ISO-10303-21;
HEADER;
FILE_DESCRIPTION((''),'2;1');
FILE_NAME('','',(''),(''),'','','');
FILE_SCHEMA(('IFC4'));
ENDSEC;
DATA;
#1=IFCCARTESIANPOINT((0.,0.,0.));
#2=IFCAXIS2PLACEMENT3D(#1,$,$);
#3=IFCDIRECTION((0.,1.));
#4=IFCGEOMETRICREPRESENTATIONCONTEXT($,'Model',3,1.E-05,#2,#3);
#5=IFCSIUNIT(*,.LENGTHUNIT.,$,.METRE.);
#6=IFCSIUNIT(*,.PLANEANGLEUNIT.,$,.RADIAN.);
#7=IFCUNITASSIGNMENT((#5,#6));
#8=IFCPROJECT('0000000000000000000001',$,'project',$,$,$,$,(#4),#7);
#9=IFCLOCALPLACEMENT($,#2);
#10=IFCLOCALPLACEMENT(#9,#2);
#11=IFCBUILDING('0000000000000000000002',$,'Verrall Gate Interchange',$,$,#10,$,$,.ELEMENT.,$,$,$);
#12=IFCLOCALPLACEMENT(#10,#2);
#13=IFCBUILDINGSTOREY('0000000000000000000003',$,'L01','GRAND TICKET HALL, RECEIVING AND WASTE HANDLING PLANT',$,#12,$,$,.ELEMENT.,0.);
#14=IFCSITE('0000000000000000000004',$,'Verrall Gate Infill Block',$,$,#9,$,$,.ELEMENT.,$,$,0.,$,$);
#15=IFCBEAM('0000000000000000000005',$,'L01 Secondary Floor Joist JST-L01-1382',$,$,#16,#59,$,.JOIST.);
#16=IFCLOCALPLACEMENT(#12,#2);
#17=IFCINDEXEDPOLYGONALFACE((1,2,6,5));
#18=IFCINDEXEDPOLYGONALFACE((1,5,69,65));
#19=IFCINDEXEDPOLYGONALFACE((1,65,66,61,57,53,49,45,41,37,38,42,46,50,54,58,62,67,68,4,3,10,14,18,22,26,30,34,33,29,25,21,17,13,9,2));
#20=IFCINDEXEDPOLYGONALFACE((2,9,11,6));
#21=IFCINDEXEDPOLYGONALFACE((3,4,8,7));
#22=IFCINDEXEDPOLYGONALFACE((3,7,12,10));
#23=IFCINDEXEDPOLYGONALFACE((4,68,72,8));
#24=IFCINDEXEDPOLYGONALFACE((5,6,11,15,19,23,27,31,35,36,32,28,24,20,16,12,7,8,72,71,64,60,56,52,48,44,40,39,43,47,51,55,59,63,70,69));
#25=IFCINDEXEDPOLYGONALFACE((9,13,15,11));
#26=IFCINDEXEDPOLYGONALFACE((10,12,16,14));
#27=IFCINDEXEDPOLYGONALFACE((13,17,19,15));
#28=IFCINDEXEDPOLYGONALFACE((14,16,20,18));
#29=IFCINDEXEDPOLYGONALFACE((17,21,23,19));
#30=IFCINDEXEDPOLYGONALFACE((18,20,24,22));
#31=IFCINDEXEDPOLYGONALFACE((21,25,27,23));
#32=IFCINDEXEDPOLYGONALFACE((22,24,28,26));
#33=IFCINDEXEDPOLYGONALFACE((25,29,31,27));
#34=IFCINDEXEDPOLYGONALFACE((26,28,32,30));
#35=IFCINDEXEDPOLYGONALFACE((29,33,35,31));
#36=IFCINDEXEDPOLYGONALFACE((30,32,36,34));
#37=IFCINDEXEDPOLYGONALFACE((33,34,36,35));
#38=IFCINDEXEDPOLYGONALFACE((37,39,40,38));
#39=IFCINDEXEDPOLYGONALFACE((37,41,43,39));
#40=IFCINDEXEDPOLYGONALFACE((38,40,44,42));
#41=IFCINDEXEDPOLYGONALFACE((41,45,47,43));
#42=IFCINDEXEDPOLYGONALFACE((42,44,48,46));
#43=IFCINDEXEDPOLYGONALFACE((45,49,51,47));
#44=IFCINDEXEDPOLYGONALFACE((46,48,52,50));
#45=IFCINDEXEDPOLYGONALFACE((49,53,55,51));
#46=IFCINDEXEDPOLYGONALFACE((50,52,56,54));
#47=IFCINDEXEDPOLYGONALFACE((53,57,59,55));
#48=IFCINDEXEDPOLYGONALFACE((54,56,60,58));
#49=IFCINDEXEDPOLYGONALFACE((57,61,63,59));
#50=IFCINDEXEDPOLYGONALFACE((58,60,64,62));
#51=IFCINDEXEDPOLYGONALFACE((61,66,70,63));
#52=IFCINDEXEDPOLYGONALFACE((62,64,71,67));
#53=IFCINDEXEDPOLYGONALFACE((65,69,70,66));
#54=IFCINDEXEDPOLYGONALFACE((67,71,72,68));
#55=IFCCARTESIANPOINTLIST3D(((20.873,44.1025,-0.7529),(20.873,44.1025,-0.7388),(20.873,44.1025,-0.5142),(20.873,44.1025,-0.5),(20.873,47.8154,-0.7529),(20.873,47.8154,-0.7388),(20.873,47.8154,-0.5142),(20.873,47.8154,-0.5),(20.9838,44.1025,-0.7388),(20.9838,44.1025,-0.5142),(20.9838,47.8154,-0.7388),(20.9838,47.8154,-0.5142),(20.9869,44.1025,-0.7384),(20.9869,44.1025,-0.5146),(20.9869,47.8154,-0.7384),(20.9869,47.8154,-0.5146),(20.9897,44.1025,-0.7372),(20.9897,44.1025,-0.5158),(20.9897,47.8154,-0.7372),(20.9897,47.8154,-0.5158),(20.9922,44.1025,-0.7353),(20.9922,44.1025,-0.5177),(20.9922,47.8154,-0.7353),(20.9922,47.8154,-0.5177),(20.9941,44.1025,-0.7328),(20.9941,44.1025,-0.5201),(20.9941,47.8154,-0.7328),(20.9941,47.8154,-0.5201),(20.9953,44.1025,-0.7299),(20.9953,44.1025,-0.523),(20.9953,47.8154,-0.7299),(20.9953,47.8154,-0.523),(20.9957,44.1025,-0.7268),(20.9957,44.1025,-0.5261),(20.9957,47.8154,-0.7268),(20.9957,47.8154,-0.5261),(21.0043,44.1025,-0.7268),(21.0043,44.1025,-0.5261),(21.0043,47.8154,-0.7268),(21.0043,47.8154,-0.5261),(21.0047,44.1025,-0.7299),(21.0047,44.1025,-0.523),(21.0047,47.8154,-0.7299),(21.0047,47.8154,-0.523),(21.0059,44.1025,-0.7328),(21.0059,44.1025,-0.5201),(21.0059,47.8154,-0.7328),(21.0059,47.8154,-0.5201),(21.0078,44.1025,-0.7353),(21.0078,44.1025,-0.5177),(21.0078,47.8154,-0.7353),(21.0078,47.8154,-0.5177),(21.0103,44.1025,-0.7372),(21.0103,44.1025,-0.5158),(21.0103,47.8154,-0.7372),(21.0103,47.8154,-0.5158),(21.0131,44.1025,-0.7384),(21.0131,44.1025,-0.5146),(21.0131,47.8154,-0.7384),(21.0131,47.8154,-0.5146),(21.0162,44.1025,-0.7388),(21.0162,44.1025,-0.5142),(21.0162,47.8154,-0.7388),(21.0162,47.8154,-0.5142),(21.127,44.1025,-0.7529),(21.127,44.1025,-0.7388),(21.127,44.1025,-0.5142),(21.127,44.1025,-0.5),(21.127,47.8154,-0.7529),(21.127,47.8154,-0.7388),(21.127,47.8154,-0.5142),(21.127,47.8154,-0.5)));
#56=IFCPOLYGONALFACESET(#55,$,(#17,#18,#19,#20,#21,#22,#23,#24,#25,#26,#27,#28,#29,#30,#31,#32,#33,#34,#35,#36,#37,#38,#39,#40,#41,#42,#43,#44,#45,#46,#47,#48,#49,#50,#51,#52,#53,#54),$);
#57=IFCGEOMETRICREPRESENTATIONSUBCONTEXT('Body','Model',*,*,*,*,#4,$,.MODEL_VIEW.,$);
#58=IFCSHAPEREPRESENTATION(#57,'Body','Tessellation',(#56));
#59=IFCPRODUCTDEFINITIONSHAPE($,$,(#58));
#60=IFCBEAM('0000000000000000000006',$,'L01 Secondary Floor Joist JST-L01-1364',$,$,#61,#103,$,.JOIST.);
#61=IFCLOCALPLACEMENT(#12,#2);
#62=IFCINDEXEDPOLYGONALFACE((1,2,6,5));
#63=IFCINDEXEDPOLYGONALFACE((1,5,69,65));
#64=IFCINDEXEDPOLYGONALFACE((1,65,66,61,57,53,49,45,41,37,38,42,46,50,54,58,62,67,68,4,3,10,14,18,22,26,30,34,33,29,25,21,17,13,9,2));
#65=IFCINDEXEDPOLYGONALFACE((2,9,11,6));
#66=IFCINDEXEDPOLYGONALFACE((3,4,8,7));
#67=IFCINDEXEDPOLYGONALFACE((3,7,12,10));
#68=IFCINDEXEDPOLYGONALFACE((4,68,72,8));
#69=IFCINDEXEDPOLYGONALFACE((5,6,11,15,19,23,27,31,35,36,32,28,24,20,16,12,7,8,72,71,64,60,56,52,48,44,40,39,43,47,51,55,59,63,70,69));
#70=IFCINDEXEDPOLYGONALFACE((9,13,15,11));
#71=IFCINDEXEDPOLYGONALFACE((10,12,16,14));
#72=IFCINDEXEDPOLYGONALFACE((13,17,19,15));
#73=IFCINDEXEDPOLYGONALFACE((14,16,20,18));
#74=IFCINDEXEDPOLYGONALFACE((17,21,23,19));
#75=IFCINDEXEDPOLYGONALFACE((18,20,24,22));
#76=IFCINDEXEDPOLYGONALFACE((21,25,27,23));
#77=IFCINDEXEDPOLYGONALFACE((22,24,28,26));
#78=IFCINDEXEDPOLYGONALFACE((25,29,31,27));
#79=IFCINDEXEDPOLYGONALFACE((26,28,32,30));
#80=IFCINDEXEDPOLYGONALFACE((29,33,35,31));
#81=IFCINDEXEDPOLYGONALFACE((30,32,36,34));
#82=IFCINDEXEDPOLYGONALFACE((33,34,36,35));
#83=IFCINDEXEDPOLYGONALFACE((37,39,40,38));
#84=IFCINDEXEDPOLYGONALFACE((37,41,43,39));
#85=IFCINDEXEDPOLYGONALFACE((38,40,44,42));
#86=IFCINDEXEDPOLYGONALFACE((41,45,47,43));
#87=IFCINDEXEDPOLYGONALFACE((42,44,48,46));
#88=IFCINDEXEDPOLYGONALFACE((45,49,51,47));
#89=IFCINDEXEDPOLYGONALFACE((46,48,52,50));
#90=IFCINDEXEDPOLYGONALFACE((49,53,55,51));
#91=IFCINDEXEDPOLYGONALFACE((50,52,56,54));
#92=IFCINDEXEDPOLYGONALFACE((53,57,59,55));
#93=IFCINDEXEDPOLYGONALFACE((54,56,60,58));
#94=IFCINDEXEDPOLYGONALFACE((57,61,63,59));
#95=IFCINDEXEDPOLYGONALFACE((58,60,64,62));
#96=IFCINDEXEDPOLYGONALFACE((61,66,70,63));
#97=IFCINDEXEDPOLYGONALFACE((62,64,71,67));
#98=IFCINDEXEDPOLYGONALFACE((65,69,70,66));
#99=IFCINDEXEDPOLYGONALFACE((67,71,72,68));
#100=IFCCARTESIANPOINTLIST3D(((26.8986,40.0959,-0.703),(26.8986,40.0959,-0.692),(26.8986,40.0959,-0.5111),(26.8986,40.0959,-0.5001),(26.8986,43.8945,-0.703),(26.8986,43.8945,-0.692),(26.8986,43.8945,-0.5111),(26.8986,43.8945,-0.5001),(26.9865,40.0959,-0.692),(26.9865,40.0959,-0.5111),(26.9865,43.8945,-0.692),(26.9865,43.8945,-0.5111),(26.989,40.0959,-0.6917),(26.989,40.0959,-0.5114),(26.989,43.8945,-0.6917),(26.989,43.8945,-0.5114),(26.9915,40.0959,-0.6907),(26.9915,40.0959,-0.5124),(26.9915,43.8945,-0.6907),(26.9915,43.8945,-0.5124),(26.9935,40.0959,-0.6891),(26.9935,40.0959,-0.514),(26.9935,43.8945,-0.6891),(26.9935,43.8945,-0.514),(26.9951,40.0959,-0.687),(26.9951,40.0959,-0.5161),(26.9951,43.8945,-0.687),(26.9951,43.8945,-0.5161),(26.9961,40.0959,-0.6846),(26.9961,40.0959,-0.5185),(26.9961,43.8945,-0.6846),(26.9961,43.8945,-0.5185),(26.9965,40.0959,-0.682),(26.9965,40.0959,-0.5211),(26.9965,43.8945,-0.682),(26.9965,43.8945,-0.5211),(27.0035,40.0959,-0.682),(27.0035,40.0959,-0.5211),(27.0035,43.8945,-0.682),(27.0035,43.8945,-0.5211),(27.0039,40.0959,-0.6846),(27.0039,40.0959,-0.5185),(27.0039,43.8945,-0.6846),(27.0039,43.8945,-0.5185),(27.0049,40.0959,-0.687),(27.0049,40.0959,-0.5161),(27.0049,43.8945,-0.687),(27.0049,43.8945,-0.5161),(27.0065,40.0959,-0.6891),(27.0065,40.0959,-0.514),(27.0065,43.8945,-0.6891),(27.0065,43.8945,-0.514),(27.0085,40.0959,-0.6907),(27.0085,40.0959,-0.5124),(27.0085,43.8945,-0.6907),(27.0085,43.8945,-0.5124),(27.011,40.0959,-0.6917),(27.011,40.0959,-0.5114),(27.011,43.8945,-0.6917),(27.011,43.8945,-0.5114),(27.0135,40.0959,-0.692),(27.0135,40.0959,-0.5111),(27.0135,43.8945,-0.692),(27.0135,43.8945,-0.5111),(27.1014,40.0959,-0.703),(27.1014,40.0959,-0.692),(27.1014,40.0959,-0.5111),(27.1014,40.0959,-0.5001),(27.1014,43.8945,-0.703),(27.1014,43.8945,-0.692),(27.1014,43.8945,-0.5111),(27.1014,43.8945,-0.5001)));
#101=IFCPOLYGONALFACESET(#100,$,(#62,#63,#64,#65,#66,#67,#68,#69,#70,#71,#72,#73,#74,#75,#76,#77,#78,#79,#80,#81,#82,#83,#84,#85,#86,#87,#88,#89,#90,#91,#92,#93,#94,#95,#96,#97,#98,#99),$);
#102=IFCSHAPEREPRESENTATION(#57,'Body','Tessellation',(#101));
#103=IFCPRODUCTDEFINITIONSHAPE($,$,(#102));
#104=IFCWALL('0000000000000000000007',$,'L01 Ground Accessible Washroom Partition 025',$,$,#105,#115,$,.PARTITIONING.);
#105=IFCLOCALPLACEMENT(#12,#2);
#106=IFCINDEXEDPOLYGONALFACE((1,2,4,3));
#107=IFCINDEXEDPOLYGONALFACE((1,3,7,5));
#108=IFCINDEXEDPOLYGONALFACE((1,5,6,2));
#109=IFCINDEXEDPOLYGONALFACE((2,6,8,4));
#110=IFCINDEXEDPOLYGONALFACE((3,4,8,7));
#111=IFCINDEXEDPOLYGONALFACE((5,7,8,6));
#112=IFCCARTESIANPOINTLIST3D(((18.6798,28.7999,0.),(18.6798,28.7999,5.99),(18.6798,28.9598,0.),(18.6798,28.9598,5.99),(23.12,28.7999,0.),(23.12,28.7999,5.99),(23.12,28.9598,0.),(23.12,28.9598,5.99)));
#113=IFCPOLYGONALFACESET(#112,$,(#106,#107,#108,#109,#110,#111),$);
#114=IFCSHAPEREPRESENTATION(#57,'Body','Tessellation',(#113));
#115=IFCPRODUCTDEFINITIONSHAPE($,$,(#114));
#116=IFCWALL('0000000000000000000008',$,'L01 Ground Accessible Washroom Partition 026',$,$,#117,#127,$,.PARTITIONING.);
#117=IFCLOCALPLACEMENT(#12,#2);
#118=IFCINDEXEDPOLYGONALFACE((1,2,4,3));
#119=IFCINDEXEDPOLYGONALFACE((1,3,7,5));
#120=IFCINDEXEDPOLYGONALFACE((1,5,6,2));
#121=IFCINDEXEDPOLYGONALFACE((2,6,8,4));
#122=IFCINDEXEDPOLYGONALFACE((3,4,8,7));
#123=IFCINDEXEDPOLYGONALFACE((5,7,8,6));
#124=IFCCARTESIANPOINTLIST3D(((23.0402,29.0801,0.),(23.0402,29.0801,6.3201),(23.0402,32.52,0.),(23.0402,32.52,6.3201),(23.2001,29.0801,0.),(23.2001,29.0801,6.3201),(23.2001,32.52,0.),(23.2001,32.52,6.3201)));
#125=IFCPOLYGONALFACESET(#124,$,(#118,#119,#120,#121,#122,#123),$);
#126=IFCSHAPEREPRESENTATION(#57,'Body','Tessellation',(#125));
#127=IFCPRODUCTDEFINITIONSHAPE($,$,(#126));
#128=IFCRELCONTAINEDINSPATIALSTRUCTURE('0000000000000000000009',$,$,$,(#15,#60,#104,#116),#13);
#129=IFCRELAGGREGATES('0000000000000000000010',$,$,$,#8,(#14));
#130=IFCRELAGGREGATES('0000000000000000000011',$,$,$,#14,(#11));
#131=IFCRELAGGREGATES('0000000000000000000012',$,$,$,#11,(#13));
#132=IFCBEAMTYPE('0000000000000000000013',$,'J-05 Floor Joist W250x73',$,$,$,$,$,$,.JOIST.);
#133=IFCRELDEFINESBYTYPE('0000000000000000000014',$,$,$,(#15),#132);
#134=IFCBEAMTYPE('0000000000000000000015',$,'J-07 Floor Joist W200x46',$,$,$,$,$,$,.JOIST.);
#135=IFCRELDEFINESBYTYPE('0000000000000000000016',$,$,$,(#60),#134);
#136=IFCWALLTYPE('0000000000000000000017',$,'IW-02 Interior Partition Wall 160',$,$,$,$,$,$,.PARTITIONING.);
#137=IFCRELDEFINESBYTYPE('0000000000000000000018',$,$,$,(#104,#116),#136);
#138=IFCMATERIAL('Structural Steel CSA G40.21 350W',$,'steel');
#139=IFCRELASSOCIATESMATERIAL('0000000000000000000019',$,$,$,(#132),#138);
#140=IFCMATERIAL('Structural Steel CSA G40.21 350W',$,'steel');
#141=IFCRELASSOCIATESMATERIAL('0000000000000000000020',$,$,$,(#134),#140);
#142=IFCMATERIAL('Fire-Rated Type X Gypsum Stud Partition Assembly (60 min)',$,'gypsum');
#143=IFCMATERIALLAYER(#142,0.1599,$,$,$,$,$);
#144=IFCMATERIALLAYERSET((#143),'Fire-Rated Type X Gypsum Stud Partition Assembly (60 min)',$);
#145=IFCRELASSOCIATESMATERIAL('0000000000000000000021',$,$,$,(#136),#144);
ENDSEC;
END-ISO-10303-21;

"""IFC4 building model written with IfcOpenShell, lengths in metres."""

from ifc_helpers import new_model, si_unit, direction, frame, frame_2d, origin, origin_2d, place, context, subcontext, project, spatial, rectangle, i_section, extrude, material, layer, layer_set, material_profile, profile_set, type_object, element, save


model = new_model("IFC4")

# Units and contexts
model_context = context("Model", 3, precision=1e-05, world=origin(), true_north=direction((0.0, 1.0)))
body_context = subcontext(model_context, "Body", "Model", "MODEL_VIEW")
ifc_project = project(units=[si_unit("LENGTHUNIT", "METRE"), si_unit("PLANEANGLEUNIT", "RADIAN")], contexts=[model_context])

# Site, building, storey
site_placement = place(None, origin())
site = spatial("IfcSite", under=ifc_project, at=site_placement, Name="Verrall Gate Infill Block", CompositionType="ELEMENT", RefElevation=0.0)
building_placement = place(site_placement, origin())
building = spatial("IfcBuilding", under=site, at=building_placement, Name="Verrall Gate Interchange", CompositionType="ELEMENT")
storey_placement = place(building_placement, origin())
storey = spatial("IfcBuildingStorey", under=building, at=storey_placement, Name="L01", Description="GRAND TICKET HALL, RECEIVING AND WASTE HANDLING PLANT", CompositionType="ELEMENT", Elevation=0.0)

# Beams
ifc_material_1 = material(Name="Structural Steel CSA G40.21 350W", Category="steel")
ifc_material_profile_1 = material_profile(ifc_material_1, i_section(OverallWidth=0.2539, OverallDepth=0.2529, WebThickness=0.0085, FlangeThickness=0.0142, FilletRadius=0.012, at=origin_2d()), Name="W250x73")
ifc_profile_set_1 = profile_set([ifc_material_profile_1], Name="Structural Steel CSA G40.21 350W")
beam_type_1 = type_object("IfcBeamType", Name="J-05 Floor Joist W250x73", PredefinedType="JOIST", material=ifc_profile_set_1)
beam_1_placement = place(storey_placement, frame((21.0, 44.1025, -0.6265), z_axis=(0.0, 1.0, 0.0), x_axis=(-1.0, 0.0, 0.0)))
element("IfcBeam", 1, at=beam_1_placement, inside=storey, type_object=beam_type_1, Name="L01 Secondary Floor Joist JST-L01-1382", PredefinedType="JOIST", context=body_context, shape_type="SweptSolid", body=[
    extrude(i_section(OverallWidth=0.2539, OverallDepth=0.2529, WebThickness=0.0085, FlangeThickness=0.0142, FilletRadius=0.012, at=origin_2d()), origin(), (0.0, 0.0, 1.0), 3.7129),
])
ifc_material_2 = material(Name="Structural Steel CSA G40.21 350W", Category="steel")
ifc_material_profile_2 = material_profile(ifc_material_2, i_section(OverallWidth=0.2029, OverallDepth=0.2029, WebThickness=0.0071, FlangeThickness=0.011, FilletRadius=0.01, at=origin_2d()), Name="W200x46")
ifc_profile_set_2 = profile_set([ifc_material_profile_2], Name="Structural Steel CSA G40.21 350W")
beam_type_2 = type_object("IfcBeamType", Name="J-07 Floor Joist W200x46", PredefinedType="JOIST", material=ifc_profile_set_2)
beam_2_placement = place(storey_placement, frame((27.0, 40.0959, -0.6016), z_axis=(0.0, 1.0, 0.0), x_axis=(-1.0, 0.0, 0.0)))
element("IfcBeam", 2, at=beam_2_placement, inside=storey, type_object=beam_type_2, Name="L01 Secondary Floor Joist JST-L01-1364", PredefinedType="JOIST", context=body_context, shape_type="SweptSolid", body=[
    extrude(i_section(OverallWidth=0.2029, OverallDepth=0.2029, WebThickness=0.0071, FlangeThickness=0.011, FilletRadius=0.01, at=origin_2d()), origin(), (0.0, 0.0, 1.0), 3.7986),
])

# Walls
ifc_material_3 = material(Name="Fire-Rated Type X Gypsum Stud Partition Assembly (60 min)", Category="gypsum")
ifc_layer = layer(ifc_material_3, 0.1599)
ifc_layer_set = layer_set([ifc_layer], Name="Fire-Rated Type X Gypsum Stud Partition Assembly (60 min)")
wall_type = type_object("IfcWallType", Name="IW-02 Interior Partition Wall 160", PredefinedType="PARTITIONING", material=ifc_layer_set)
wall_1_placement = place(storey_placement, frame((23.1201, 28.8799, 0.0), z_axis=(0.0, 0.0, 1.0), x_axis=(-1.0, 0.0, 0.0)))
element("IfcWall", 3, at=wall_1_placement, inside=storey, type_object=wall_type, Name="L01 Ground Accessible Washroom Partition 025", PredefinedType="PARTITIONING", context=body_context, shape_type="SweptSolid", body=[
    extrude(rectangle(XDim=4.4402, YDim=0.1599, at=frame_2d((2.2202, 0.0))), origin(), (0.0, 0.0, 1.0), 5.99),
])
wall_2_placement = place(storey_placement, frame((23.1201, 32.52, 0.0), z_axis=(0.0, 0.0, 1.0), x_axis=(0.0, -1.0, 0.0)))
element("IfcWall", 4, at=wall_2_placement, inside=storey, type_object=wall_type, Name="L01 Ground Accessible Washroom Partition 026", PredefinedType="PARTITIONING", context=body_context, shape_type="SweptSolid", body=[
    extrude(rectangle(XDim=3.4399, YDim=0.1599, at=frame_2d((1.72, 0.0))), origin(), (0.0, 0.0, 1.0), 6.3201),
])

save(model, "model.ifc")
